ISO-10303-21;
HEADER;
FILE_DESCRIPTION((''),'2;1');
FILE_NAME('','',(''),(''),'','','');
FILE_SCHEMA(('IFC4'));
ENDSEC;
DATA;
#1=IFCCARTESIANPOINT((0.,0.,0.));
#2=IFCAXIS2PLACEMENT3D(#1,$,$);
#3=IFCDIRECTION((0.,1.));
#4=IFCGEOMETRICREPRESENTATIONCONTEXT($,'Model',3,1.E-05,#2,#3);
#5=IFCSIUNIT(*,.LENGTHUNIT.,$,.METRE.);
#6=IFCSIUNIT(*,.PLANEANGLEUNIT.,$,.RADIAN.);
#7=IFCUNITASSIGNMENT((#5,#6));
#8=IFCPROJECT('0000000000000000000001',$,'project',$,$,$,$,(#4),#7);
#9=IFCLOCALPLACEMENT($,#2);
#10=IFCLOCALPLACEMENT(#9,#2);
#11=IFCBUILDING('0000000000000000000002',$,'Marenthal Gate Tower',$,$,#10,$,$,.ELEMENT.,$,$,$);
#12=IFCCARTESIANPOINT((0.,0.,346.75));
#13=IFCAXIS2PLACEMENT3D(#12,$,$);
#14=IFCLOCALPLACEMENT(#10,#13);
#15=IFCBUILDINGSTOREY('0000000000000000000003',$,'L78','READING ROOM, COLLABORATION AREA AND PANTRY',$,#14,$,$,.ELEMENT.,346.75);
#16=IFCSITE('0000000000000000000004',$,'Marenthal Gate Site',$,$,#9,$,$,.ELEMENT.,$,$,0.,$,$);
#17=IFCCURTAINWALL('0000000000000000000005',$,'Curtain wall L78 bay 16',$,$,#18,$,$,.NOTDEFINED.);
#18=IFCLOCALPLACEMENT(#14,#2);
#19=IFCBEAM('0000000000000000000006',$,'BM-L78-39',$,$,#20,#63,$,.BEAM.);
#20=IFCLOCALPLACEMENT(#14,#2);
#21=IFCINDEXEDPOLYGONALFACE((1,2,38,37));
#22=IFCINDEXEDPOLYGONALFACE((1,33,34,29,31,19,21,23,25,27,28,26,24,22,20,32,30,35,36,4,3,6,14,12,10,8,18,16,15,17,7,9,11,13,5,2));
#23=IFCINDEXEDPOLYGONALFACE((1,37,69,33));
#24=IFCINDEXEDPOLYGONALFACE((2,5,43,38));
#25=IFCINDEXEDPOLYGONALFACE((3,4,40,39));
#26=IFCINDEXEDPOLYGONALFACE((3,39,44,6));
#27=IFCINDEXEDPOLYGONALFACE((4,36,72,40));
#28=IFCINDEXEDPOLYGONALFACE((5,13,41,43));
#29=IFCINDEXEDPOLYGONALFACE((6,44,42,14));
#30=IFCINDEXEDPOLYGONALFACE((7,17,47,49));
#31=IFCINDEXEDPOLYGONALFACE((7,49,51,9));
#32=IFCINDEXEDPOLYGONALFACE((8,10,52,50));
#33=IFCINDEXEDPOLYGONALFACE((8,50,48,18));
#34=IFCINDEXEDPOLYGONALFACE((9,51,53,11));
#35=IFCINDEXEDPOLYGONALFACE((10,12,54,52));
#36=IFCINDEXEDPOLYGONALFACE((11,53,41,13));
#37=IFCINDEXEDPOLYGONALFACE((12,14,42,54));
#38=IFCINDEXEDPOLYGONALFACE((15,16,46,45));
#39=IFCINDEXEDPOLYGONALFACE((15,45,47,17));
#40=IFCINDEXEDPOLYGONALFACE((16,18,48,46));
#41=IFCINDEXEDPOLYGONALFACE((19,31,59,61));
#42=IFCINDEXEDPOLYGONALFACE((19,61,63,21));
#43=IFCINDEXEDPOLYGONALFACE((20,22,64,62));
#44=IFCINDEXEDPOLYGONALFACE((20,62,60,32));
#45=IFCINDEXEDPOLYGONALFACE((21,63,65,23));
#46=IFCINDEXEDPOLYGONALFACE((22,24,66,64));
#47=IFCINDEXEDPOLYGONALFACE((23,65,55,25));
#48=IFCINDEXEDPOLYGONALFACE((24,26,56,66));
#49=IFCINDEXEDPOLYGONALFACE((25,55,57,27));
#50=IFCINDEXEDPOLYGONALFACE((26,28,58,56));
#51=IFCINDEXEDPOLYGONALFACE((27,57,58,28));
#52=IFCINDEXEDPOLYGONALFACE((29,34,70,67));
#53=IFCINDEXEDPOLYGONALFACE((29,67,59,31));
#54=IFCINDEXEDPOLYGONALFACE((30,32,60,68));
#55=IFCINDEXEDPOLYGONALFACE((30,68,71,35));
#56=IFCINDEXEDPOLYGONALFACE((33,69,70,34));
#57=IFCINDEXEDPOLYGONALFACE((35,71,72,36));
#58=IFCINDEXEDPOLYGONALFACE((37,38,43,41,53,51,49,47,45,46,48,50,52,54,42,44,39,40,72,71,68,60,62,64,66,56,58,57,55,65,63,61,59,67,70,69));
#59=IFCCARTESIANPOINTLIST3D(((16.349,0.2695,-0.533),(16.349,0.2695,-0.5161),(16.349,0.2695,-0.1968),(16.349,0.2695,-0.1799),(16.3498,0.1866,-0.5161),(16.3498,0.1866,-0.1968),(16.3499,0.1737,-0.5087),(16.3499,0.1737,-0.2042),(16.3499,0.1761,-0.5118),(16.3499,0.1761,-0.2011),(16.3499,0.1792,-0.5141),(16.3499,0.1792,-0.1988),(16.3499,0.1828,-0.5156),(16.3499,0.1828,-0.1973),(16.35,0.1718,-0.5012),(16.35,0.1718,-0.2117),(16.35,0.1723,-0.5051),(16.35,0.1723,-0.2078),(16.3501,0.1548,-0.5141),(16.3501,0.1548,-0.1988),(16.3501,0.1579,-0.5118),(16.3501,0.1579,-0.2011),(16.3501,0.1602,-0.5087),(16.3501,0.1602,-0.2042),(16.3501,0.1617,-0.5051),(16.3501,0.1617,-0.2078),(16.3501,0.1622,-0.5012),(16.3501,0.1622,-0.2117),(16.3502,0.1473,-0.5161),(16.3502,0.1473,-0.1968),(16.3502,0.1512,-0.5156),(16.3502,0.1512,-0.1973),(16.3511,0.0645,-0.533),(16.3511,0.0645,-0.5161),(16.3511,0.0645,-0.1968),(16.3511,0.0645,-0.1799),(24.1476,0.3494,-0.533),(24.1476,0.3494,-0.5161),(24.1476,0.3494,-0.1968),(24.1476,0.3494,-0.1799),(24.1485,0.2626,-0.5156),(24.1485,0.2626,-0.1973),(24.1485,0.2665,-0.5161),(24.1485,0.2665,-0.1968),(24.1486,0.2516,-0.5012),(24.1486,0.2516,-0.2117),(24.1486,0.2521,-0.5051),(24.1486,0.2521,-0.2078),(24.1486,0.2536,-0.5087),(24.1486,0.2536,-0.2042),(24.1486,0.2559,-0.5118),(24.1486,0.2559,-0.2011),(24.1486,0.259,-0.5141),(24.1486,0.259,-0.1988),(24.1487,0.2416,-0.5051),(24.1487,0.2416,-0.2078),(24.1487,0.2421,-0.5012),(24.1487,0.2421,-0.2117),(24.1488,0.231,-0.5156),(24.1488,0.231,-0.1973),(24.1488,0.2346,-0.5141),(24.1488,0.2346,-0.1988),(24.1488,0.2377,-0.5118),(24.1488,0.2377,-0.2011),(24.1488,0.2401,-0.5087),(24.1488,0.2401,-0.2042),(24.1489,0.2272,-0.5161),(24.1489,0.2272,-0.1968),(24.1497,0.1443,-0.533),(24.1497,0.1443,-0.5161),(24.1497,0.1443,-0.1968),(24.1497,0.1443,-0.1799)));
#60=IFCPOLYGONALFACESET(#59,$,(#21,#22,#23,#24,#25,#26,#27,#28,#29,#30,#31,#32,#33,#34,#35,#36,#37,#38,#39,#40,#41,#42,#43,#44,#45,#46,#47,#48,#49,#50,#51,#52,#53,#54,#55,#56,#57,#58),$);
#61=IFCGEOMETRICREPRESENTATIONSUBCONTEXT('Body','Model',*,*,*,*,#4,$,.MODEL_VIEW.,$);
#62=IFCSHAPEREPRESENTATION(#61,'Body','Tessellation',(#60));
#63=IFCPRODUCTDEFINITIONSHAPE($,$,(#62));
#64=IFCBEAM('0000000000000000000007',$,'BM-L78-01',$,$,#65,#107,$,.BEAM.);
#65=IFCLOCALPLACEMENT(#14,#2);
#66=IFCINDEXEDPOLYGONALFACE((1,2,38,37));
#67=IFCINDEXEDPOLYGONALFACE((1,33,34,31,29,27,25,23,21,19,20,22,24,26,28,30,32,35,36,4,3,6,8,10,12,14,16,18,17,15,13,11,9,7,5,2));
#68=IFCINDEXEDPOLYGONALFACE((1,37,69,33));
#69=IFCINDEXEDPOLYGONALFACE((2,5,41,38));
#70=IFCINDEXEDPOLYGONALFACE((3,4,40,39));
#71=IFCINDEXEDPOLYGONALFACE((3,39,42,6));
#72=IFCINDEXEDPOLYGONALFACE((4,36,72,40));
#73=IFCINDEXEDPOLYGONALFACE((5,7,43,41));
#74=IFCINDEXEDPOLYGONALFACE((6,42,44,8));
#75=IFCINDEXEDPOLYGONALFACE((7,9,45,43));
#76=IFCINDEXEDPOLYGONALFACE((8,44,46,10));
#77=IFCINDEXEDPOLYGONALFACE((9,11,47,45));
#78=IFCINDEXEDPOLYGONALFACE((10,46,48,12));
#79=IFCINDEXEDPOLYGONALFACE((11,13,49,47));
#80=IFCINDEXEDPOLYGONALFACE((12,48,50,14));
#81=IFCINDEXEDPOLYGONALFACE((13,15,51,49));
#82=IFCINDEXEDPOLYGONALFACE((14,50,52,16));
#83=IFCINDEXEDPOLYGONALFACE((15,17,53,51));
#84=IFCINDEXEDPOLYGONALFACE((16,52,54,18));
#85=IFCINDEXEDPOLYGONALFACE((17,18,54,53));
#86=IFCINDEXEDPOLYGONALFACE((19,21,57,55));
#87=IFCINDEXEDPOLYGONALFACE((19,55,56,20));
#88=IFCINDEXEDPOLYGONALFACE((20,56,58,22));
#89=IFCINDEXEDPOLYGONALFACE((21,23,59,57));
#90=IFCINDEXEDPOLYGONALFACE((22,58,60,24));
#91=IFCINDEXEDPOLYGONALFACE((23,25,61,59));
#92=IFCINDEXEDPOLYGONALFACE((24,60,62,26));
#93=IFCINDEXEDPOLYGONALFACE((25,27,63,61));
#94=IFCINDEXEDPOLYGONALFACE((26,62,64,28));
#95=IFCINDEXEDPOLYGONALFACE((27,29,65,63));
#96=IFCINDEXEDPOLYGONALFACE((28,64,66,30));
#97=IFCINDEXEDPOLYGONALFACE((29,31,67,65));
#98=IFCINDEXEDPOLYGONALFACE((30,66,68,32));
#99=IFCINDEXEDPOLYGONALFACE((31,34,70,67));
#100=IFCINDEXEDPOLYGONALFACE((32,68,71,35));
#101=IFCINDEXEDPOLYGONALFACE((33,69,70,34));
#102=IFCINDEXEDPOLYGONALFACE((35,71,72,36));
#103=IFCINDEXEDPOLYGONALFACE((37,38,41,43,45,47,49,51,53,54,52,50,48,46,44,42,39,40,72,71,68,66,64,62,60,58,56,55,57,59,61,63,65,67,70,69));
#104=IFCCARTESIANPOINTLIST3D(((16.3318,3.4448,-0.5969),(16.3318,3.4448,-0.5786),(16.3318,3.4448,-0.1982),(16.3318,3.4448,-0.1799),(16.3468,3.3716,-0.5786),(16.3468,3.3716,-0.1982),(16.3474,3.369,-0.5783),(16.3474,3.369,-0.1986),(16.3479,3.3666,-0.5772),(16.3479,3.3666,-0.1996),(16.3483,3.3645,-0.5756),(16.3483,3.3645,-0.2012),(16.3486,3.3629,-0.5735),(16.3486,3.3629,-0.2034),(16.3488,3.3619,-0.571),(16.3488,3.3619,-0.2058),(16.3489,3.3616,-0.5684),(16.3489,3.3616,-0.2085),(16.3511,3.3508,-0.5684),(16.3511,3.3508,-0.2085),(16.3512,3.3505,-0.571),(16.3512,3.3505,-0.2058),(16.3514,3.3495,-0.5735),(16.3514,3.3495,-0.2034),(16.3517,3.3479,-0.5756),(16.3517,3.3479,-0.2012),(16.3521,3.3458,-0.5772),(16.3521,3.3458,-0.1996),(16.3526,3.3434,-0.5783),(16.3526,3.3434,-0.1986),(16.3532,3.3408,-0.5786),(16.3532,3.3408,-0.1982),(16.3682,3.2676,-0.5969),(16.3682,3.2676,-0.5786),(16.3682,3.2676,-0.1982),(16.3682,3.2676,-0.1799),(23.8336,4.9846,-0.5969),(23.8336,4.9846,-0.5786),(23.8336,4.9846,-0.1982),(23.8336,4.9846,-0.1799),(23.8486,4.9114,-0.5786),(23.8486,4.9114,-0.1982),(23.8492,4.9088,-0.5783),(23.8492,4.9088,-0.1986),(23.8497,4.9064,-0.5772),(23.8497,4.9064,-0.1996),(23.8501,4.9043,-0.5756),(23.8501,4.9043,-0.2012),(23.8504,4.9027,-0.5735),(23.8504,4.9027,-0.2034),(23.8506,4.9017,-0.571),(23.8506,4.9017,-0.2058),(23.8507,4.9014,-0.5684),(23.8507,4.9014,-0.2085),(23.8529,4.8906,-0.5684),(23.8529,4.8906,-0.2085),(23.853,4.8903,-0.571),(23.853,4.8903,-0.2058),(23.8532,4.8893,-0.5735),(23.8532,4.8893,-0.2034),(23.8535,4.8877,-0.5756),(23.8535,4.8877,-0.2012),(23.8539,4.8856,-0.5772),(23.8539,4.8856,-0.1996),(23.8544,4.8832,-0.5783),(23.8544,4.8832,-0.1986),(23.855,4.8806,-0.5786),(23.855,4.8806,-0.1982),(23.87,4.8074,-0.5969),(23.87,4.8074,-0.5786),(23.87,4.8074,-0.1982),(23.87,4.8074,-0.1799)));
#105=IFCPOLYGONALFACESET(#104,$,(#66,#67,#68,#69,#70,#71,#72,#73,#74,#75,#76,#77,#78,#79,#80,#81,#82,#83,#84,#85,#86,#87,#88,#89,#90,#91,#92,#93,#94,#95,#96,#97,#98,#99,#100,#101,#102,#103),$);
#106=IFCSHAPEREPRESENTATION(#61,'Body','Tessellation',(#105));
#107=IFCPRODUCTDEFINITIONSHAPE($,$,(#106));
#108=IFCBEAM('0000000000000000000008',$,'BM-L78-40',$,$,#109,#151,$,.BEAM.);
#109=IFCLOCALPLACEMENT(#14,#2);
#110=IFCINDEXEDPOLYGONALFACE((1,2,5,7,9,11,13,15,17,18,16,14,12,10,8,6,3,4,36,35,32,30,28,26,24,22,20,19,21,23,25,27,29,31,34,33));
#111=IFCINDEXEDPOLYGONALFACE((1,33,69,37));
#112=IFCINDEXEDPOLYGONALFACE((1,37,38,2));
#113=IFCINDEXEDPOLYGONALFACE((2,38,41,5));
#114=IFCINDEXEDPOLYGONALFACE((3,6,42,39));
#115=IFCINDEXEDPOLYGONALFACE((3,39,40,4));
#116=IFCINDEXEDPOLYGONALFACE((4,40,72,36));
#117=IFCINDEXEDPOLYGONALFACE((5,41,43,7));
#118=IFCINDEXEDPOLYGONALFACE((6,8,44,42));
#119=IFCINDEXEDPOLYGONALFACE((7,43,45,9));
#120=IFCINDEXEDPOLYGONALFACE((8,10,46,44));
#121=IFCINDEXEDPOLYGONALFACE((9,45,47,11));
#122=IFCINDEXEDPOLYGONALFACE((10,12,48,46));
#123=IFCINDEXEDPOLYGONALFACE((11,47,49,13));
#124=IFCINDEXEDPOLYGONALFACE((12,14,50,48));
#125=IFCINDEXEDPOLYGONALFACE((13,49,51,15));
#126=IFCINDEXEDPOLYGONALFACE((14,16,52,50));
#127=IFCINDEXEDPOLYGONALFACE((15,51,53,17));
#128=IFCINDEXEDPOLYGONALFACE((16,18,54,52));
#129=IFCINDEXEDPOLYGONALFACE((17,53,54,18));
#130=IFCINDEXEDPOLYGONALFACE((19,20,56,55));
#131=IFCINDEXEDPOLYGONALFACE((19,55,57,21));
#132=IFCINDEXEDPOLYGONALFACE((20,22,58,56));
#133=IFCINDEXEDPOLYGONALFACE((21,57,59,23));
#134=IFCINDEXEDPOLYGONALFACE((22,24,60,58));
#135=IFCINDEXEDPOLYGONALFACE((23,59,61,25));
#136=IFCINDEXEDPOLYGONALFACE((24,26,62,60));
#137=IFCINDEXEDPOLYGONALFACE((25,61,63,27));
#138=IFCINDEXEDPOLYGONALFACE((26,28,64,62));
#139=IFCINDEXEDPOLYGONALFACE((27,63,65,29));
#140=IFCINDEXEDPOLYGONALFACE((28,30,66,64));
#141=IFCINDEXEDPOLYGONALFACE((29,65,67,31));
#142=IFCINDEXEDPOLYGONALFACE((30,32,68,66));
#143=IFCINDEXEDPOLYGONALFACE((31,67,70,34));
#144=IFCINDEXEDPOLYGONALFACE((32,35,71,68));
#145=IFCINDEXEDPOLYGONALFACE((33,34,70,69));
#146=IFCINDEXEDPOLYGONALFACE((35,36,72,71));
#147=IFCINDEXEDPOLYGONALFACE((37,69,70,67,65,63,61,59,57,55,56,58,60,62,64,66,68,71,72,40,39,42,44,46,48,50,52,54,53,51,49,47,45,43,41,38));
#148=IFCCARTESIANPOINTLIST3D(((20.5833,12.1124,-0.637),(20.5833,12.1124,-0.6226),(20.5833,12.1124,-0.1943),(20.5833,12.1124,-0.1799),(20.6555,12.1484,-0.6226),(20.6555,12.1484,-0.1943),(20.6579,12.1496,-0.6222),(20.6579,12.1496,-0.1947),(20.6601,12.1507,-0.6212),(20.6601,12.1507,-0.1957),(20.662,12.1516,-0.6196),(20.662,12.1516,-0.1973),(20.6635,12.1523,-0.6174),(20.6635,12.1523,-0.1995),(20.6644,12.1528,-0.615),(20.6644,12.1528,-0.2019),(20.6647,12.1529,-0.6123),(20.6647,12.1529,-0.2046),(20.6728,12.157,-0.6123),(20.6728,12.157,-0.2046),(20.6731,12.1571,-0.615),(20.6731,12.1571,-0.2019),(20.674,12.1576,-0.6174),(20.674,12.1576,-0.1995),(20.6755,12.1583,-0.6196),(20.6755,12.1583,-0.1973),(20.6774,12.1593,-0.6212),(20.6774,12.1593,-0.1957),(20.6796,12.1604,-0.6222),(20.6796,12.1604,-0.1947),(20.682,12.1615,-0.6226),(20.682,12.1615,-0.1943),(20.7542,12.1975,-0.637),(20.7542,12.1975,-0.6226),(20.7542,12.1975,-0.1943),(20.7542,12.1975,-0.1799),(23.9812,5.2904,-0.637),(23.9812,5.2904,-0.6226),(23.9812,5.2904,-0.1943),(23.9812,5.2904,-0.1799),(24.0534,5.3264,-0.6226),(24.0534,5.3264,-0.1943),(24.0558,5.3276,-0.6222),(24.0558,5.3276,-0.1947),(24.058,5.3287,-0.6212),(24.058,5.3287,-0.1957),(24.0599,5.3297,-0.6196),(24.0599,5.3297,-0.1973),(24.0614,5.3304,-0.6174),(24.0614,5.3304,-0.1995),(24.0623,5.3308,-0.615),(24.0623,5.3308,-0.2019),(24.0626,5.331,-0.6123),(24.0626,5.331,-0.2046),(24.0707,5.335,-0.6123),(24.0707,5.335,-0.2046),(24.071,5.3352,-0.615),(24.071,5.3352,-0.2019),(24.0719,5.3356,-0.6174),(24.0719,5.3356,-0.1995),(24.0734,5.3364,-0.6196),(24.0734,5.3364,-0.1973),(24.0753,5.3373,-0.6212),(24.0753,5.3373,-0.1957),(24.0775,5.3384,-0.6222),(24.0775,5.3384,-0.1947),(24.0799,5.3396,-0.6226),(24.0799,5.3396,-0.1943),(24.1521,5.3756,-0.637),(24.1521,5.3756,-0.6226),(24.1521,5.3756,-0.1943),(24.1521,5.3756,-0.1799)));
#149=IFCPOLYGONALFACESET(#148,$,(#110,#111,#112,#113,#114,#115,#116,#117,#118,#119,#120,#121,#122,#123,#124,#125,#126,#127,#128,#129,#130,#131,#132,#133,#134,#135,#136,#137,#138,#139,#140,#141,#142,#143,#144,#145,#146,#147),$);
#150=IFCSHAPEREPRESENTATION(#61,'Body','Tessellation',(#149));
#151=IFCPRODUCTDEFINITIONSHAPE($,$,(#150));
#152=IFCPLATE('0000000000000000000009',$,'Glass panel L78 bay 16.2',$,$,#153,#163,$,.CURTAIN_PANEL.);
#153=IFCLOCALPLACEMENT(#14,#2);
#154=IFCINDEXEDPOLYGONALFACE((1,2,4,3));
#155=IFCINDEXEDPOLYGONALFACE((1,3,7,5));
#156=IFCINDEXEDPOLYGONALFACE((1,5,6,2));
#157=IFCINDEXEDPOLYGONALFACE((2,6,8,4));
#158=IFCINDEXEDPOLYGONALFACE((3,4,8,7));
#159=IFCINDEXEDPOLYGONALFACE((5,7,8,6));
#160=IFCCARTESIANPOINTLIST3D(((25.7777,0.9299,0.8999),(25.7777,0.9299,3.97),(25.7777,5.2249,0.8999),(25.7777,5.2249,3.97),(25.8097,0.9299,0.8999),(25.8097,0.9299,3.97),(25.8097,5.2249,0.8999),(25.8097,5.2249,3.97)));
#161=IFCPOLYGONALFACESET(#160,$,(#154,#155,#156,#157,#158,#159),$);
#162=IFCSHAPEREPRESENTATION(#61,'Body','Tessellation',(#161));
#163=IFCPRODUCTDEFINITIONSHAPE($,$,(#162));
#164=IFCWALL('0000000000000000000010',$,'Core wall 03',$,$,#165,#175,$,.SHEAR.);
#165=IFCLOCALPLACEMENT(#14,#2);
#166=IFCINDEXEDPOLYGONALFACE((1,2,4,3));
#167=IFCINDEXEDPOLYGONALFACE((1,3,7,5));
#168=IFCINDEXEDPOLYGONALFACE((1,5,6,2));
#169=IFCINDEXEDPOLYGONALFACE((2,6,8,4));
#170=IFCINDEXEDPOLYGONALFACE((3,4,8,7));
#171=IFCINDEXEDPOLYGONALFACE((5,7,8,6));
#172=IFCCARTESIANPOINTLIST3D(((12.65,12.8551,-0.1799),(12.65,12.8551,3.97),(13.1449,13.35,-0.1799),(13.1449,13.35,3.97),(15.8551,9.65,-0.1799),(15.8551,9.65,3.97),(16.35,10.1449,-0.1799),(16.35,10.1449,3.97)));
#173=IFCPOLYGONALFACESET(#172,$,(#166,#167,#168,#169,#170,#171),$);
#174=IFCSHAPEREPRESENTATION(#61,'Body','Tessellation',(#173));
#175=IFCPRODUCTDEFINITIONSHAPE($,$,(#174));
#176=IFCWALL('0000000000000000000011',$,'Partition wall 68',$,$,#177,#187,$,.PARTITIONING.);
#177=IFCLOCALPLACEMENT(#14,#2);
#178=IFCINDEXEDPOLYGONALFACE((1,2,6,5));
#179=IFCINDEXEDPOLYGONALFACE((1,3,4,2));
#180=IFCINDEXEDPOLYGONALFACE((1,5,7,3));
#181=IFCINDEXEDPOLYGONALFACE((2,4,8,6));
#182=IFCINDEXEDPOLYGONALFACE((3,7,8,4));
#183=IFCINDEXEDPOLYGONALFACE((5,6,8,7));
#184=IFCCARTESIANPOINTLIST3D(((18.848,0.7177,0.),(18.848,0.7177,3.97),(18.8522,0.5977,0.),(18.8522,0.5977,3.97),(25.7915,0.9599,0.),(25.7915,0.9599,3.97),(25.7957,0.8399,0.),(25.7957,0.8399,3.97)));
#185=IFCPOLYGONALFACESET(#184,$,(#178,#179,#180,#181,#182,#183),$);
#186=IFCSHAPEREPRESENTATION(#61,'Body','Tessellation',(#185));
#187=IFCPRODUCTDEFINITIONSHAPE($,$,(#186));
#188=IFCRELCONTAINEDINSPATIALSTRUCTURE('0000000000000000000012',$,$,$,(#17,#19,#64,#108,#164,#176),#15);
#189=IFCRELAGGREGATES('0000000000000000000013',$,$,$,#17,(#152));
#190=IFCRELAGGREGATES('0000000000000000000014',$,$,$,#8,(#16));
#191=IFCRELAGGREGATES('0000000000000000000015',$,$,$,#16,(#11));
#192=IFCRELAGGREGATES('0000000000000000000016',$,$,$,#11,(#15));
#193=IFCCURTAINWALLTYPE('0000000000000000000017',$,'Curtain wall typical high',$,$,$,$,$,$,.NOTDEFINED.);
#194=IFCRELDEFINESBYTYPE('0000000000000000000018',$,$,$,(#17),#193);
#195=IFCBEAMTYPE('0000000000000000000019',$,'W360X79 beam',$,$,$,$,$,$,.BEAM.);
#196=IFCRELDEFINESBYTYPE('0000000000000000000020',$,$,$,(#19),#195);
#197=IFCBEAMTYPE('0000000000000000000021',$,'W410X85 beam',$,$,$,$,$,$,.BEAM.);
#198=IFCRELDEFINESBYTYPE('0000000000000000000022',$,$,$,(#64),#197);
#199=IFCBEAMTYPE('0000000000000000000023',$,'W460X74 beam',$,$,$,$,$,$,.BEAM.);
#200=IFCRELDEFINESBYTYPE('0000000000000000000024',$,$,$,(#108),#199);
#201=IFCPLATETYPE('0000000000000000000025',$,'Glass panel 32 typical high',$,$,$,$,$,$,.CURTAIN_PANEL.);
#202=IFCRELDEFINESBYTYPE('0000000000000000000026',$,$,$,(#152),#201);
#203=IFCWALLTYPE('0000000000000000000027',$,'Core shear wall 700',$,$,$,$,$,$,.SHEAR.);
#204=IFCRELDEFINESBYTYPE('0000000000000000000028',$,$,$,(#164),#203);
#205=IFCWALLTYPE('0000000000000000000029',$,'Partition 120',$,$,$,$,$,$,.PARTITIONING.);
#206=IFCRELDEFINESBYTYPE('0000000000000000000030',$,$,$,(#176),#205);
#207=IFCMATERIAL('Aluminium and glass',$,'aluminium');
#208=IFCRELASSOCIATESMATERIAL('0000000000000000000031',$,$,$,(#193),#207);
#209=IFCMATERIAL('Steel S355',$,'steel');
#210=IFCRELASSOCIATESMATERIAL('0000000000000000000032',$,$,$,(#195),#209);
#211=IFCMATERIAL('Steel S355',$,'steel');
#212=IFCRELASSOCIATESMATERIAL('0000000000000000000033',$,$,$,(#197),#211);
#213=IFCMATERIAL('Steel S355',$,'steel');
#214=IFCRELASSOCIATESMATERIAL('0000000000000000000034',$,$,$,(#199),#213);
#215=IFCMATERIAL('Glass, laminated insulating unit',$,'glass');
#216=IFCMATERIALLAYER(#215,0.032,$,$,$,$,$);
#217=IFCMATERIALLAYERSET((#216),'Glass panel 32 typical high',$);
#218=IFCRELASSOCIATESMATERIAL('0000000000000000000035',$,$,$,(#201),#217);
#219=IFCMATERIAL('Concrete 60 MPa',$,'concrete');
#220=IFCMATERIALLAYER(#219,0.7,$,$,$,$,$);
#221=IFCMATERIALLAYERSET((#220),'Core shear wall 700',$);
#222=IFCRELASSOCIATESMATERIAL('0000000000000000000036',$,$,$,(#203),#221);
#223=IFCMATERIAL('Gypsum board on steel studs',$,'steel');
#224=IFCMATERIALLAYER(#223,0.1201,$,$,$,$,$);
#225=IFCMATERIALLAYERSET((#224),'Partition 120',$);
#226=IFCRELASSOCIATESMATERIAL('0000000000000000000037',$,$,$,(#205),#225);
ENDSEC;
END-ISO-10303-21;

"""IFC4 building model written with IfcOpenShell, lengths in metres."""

from ifc_helpers import new_model, si_unit, direction, frame, frame_2d, origin, origin_2d, place, context, subcontext, project, spatial, rectangle, i_section, extrude, material, layer, layer_set, material_profile, profile_set, type_object, element, aggregate, save


model = new_model("IFC4")

# Units and contexts
model_context = context("Model", 3, precision=1e-05, world=origin(), true_north=direction((0.0, 1.0)))
body_context = subcontext(model_context, "Body", "Model", "MODEL_VIEW")
ifc_project = project(units=[si_unit("LENGTHUNIT", "METRE"), si_unit("PLANEANGLEUNIT", "RADIAN")], contexts=[model_context])

# Site, building, storey
site_placement = place(None, origin())
site = spatial("IfcSite", under=ifc_project, at=site_placement, Name="Marenthal Gate Site", CompositionType="ELEMENT", RefElevation=0.0)
building_placement = place(site_placement, origin())
building = spatial("IfcBuilding", under=site, at=building_placement, Name="Marenthal Gate Tower", CompositionType="ELEMENT")
storey_placement = place(building_placement, frame((0.0, 0.0, 346.75)))
storey = spatial("IfcBuildingStorey", under=building, at=storey_placement, Name="L78", Description="READING ROOM, COLLABORATION AREA AND PANTRY", CompositionType="ELEMENT", Elevation=346.75)

# Curtain wall
ifc_material_1 = material(Name="Aluminium and glass", Category="aluminium")
curtain_wall_type = type_object("IfcCurtainWallType", Name="Curtain wall typical high", PredefinedType="NOTDEFINED", material=ifc_material_1)
curtain_wall_placement = place(storey_placement, origin())
curtain_wall = element("IfcCurtainWall", 1, at=curtain_wall_placement, inside=storey, type_object=curtain_wall_type, Name="Curtain wall L78 bay 16", PredefinedType="NOTDEFINED")

# Beams
ifc_material_2 = material(Name="Steel S355", Category="steel")
ifc_material_profile_1 = material_profile(ifc_material_2, i_section(OverallWidth=0.2051, OverallDepth=0.353, WebThickness=0.0095, FlangeThickness=0.0168, FilletRadius=0.0149, at=origin_2d()), Name="W360X79")
ifc_profile_set_1 = profile_set([ifc_material_profile_1], Name="Steel S355")
beam_type_1 = type_object("IfcBeamType", Name="W360X79 beam", PredefinedType="BEAM", material=ifc_profile_set_1)
beam_1_placement = place(storey_placement, frame((24.1487, 0.2468, -0.3564), z_axis=(-0.999948, -0.010236, 0.0), x_axis=(0.010236, -0.999948, 0.0)))
element("IfcBeam", 2, at=beam_1_placement, inside=storey, type_object=beam_type_1, Name="BM-L78-39", PredefinedType="BEAM", context=body_context, shape_type="SweptSolid", body=[
    extrude(i_section(OverallWidth=0.2051, OverallDepth=0.353, WebThickness=0.0095, FlangeThickness=0.0168, FilletRadius=0.0149, at=origin_2d()), origin(), (0.0, 0.0, 1.0), 7.7991),
])
ifc_material_3 = material(Name="Steel S355", Category="steel")
ifc_material_profile_2 = material_profile(ifc_material_3, i_section(OverallWidth=0.1809, OverallDepth=0.417, WebThickness=0.011, FlangeThickness=0.0183, FilletRadius=0.0103, at=origin_2d()), Name="W410X85")
ifc_profile_set_2 = profile_set([ifc_material_profile_2], Name="Steel S355")
beam_type_2 = type_object("IfcBeamType", Name="W410X85 beam", PredefinedType="BEAM", material=ifc_profile_set_2)
beam_2_placement = place(storey_placement, frame((23.8518, 4.896, -0.3884), z_axis=(-0.979577, -0.201067, 0.0), x_axis=(0.201067, -0.979577, 0.0)))
element("IfcBeam", 3, at=beam_2_placement, inside=storey, type_object=beam_type_2, Name="BM-L78-01", PredefinedType="BEAM", context=body_context, shape_type="SweptSolid", body=[
    extrude(i_section(OverallWidth=0.1809, OverallDepth=0.417, WebThickness=0.011, FlangeThickness=0.0183, FilletRadius=0.0103, at=origin_2d()), origin(), (0.0, 0.0, 1.0), 7.6582),
])
ifc_material_4 = material(Name="Steel S355", Category="steel")
ifc_material_profile_3 = material_profile(ifc_material_4, i_section(OverallWidth=0.1909, OverallDepth=0.457, WebThickness=0.009, FlangeThickness=0.0144, FilletRadius=0.0103, at=origin_2d()), Name="W460X74")
ifc_profile_set_3 = profile_set([ifc_material_profile_3], Name="Steel S355")
beam_type_3 = type_object("IfcBeamType", Name="W460X74 beam", PredefinedType="BEAM", material=ifc_profile_set_3)
beam_3_placement = place(storey_placement, frame((24.0667, 5.333, -0.4084), z_axis=(-0.445842, 0.895112, 0.0), x_axis=(-0.895112, -0.445842, 0.0)))
element("IfcBeam", 4, at=beam_3_placement, inside=storey, type_object=beam_type_3, Name="BM-L78-40", PredefinedType="BEAM", context=body_context, shape_type="SweptSolid", body=[
    extrude(i_section(OverallWidth=0.1909, OverallDepth=0.457, WebThickness=0.009, FlangeThickness=0.0144, FilletRadius=0.0103, at=origin_2d()), origin(), (0.0, 0.0, 1.0), 7.6213),
])

# Plate
ifc_material_5 = material(Name="Glass, laminated insulating unit", Category="glass")
ifc_layer_1 = layer(ifc_material_5, 0.032)
ifc_layer_set_1 = layer_set([ifc_layer_1], Name="Glass panel 32 typical high")
plate_type = type_object("IfcPlateType", Name="Glass panel 32 typical high", PredefinedType="CURTAIN_PANEL", material=ifc_layer_set_1)
plate_placement = place(storey_placement, frame((25.7937, 3.0774, 0.8999), z_axis=(0.0, 0.0, 1.0), x_axis=(0.0, 1.0, 0.0)))
plate = element("IfcPlate", 5, at=plate_placement, type_object=plate_type, Name="Glass panel L78 bay 16.2", PredefinedType="CURTAIN_PANEL", context=body_context, shape_type="SweptSolid", body=[
    extrude(rectangle(XDim=4.2949, YDim=0.032, at=origin_2d()), origin(), (0.0, 0.0, 1.0), 3.0701),
])
aggregate(curtain_wall, [plate])

# Walls
ifc_material_6 = material(Name="Concrete 60 MPa", Category="concrete")
ifc_layer_2 = layer(ifc_material_6, 0.7)
ifc_layer_set_2 = layer_set([ifc_layer_2], Name="Core shear wall 700")
wall_type_1 = type_object("IfcWallType", Name="Core shear wall 700", PredefinedType="SHEAR", material=ifc_layer_set_2)
wall_1_placement = place(storey_placement, frame((16.1025, 9.8975, -0.1799), z_axis=(0.0, 0.0, 1.0), x_axis=(-0.707107, 0.707107, 0.0)))
element("IfcWall", 6, at=wall_1_placement, inside=storey, type_object=wall_type_1, Name="Core wall 03", PredefinedType="SHEAR", context=body_context, shape_type="SweptSolid", body=[
    extrude(rectangle(XDim=4.5327, YDim=0.7, at=frame_2d((2.2664, 0.0))), origin(), (0.0, 0.0, 1.0), 4.1499),
])
ifc_material_7 = material(Name="Gypsum board on steel studs", Category="steel")
ifc_layer_3 = layer(ifc_material_7, 0.1201)
ifc_layer_set_3 = layer_set([ifc_layer_3], Name="Partition 120")
wall_type_2 = type_object("IfcWallType", Name="Partition 120", PredefinedType="PARTITIONING", material=ifc_layer_set_3)
wall_2_placement = place(storey_placement, frame((18.8501, 0.6577, 0.0), z_axis=(0.0, 0.0, 1.0), x_axis=(0.999392, 0.034858, 0.0)))
element("IfcWall", 7, at=wall_2_placement, inside=storey, type_object=wall_type_2, Name="Partition wall 68", PredefinedType="PARTITIONING", context=body_context, shape_type="SweptSolid", body=[
    extrude(rectangle(XDim=6.9478, YDim=0.1201, at=frame_2d((3.4739, 0.0))), origin(), (0.0, 0.0, 1.0), 3.97),
])

save(model, "model.ifc")
